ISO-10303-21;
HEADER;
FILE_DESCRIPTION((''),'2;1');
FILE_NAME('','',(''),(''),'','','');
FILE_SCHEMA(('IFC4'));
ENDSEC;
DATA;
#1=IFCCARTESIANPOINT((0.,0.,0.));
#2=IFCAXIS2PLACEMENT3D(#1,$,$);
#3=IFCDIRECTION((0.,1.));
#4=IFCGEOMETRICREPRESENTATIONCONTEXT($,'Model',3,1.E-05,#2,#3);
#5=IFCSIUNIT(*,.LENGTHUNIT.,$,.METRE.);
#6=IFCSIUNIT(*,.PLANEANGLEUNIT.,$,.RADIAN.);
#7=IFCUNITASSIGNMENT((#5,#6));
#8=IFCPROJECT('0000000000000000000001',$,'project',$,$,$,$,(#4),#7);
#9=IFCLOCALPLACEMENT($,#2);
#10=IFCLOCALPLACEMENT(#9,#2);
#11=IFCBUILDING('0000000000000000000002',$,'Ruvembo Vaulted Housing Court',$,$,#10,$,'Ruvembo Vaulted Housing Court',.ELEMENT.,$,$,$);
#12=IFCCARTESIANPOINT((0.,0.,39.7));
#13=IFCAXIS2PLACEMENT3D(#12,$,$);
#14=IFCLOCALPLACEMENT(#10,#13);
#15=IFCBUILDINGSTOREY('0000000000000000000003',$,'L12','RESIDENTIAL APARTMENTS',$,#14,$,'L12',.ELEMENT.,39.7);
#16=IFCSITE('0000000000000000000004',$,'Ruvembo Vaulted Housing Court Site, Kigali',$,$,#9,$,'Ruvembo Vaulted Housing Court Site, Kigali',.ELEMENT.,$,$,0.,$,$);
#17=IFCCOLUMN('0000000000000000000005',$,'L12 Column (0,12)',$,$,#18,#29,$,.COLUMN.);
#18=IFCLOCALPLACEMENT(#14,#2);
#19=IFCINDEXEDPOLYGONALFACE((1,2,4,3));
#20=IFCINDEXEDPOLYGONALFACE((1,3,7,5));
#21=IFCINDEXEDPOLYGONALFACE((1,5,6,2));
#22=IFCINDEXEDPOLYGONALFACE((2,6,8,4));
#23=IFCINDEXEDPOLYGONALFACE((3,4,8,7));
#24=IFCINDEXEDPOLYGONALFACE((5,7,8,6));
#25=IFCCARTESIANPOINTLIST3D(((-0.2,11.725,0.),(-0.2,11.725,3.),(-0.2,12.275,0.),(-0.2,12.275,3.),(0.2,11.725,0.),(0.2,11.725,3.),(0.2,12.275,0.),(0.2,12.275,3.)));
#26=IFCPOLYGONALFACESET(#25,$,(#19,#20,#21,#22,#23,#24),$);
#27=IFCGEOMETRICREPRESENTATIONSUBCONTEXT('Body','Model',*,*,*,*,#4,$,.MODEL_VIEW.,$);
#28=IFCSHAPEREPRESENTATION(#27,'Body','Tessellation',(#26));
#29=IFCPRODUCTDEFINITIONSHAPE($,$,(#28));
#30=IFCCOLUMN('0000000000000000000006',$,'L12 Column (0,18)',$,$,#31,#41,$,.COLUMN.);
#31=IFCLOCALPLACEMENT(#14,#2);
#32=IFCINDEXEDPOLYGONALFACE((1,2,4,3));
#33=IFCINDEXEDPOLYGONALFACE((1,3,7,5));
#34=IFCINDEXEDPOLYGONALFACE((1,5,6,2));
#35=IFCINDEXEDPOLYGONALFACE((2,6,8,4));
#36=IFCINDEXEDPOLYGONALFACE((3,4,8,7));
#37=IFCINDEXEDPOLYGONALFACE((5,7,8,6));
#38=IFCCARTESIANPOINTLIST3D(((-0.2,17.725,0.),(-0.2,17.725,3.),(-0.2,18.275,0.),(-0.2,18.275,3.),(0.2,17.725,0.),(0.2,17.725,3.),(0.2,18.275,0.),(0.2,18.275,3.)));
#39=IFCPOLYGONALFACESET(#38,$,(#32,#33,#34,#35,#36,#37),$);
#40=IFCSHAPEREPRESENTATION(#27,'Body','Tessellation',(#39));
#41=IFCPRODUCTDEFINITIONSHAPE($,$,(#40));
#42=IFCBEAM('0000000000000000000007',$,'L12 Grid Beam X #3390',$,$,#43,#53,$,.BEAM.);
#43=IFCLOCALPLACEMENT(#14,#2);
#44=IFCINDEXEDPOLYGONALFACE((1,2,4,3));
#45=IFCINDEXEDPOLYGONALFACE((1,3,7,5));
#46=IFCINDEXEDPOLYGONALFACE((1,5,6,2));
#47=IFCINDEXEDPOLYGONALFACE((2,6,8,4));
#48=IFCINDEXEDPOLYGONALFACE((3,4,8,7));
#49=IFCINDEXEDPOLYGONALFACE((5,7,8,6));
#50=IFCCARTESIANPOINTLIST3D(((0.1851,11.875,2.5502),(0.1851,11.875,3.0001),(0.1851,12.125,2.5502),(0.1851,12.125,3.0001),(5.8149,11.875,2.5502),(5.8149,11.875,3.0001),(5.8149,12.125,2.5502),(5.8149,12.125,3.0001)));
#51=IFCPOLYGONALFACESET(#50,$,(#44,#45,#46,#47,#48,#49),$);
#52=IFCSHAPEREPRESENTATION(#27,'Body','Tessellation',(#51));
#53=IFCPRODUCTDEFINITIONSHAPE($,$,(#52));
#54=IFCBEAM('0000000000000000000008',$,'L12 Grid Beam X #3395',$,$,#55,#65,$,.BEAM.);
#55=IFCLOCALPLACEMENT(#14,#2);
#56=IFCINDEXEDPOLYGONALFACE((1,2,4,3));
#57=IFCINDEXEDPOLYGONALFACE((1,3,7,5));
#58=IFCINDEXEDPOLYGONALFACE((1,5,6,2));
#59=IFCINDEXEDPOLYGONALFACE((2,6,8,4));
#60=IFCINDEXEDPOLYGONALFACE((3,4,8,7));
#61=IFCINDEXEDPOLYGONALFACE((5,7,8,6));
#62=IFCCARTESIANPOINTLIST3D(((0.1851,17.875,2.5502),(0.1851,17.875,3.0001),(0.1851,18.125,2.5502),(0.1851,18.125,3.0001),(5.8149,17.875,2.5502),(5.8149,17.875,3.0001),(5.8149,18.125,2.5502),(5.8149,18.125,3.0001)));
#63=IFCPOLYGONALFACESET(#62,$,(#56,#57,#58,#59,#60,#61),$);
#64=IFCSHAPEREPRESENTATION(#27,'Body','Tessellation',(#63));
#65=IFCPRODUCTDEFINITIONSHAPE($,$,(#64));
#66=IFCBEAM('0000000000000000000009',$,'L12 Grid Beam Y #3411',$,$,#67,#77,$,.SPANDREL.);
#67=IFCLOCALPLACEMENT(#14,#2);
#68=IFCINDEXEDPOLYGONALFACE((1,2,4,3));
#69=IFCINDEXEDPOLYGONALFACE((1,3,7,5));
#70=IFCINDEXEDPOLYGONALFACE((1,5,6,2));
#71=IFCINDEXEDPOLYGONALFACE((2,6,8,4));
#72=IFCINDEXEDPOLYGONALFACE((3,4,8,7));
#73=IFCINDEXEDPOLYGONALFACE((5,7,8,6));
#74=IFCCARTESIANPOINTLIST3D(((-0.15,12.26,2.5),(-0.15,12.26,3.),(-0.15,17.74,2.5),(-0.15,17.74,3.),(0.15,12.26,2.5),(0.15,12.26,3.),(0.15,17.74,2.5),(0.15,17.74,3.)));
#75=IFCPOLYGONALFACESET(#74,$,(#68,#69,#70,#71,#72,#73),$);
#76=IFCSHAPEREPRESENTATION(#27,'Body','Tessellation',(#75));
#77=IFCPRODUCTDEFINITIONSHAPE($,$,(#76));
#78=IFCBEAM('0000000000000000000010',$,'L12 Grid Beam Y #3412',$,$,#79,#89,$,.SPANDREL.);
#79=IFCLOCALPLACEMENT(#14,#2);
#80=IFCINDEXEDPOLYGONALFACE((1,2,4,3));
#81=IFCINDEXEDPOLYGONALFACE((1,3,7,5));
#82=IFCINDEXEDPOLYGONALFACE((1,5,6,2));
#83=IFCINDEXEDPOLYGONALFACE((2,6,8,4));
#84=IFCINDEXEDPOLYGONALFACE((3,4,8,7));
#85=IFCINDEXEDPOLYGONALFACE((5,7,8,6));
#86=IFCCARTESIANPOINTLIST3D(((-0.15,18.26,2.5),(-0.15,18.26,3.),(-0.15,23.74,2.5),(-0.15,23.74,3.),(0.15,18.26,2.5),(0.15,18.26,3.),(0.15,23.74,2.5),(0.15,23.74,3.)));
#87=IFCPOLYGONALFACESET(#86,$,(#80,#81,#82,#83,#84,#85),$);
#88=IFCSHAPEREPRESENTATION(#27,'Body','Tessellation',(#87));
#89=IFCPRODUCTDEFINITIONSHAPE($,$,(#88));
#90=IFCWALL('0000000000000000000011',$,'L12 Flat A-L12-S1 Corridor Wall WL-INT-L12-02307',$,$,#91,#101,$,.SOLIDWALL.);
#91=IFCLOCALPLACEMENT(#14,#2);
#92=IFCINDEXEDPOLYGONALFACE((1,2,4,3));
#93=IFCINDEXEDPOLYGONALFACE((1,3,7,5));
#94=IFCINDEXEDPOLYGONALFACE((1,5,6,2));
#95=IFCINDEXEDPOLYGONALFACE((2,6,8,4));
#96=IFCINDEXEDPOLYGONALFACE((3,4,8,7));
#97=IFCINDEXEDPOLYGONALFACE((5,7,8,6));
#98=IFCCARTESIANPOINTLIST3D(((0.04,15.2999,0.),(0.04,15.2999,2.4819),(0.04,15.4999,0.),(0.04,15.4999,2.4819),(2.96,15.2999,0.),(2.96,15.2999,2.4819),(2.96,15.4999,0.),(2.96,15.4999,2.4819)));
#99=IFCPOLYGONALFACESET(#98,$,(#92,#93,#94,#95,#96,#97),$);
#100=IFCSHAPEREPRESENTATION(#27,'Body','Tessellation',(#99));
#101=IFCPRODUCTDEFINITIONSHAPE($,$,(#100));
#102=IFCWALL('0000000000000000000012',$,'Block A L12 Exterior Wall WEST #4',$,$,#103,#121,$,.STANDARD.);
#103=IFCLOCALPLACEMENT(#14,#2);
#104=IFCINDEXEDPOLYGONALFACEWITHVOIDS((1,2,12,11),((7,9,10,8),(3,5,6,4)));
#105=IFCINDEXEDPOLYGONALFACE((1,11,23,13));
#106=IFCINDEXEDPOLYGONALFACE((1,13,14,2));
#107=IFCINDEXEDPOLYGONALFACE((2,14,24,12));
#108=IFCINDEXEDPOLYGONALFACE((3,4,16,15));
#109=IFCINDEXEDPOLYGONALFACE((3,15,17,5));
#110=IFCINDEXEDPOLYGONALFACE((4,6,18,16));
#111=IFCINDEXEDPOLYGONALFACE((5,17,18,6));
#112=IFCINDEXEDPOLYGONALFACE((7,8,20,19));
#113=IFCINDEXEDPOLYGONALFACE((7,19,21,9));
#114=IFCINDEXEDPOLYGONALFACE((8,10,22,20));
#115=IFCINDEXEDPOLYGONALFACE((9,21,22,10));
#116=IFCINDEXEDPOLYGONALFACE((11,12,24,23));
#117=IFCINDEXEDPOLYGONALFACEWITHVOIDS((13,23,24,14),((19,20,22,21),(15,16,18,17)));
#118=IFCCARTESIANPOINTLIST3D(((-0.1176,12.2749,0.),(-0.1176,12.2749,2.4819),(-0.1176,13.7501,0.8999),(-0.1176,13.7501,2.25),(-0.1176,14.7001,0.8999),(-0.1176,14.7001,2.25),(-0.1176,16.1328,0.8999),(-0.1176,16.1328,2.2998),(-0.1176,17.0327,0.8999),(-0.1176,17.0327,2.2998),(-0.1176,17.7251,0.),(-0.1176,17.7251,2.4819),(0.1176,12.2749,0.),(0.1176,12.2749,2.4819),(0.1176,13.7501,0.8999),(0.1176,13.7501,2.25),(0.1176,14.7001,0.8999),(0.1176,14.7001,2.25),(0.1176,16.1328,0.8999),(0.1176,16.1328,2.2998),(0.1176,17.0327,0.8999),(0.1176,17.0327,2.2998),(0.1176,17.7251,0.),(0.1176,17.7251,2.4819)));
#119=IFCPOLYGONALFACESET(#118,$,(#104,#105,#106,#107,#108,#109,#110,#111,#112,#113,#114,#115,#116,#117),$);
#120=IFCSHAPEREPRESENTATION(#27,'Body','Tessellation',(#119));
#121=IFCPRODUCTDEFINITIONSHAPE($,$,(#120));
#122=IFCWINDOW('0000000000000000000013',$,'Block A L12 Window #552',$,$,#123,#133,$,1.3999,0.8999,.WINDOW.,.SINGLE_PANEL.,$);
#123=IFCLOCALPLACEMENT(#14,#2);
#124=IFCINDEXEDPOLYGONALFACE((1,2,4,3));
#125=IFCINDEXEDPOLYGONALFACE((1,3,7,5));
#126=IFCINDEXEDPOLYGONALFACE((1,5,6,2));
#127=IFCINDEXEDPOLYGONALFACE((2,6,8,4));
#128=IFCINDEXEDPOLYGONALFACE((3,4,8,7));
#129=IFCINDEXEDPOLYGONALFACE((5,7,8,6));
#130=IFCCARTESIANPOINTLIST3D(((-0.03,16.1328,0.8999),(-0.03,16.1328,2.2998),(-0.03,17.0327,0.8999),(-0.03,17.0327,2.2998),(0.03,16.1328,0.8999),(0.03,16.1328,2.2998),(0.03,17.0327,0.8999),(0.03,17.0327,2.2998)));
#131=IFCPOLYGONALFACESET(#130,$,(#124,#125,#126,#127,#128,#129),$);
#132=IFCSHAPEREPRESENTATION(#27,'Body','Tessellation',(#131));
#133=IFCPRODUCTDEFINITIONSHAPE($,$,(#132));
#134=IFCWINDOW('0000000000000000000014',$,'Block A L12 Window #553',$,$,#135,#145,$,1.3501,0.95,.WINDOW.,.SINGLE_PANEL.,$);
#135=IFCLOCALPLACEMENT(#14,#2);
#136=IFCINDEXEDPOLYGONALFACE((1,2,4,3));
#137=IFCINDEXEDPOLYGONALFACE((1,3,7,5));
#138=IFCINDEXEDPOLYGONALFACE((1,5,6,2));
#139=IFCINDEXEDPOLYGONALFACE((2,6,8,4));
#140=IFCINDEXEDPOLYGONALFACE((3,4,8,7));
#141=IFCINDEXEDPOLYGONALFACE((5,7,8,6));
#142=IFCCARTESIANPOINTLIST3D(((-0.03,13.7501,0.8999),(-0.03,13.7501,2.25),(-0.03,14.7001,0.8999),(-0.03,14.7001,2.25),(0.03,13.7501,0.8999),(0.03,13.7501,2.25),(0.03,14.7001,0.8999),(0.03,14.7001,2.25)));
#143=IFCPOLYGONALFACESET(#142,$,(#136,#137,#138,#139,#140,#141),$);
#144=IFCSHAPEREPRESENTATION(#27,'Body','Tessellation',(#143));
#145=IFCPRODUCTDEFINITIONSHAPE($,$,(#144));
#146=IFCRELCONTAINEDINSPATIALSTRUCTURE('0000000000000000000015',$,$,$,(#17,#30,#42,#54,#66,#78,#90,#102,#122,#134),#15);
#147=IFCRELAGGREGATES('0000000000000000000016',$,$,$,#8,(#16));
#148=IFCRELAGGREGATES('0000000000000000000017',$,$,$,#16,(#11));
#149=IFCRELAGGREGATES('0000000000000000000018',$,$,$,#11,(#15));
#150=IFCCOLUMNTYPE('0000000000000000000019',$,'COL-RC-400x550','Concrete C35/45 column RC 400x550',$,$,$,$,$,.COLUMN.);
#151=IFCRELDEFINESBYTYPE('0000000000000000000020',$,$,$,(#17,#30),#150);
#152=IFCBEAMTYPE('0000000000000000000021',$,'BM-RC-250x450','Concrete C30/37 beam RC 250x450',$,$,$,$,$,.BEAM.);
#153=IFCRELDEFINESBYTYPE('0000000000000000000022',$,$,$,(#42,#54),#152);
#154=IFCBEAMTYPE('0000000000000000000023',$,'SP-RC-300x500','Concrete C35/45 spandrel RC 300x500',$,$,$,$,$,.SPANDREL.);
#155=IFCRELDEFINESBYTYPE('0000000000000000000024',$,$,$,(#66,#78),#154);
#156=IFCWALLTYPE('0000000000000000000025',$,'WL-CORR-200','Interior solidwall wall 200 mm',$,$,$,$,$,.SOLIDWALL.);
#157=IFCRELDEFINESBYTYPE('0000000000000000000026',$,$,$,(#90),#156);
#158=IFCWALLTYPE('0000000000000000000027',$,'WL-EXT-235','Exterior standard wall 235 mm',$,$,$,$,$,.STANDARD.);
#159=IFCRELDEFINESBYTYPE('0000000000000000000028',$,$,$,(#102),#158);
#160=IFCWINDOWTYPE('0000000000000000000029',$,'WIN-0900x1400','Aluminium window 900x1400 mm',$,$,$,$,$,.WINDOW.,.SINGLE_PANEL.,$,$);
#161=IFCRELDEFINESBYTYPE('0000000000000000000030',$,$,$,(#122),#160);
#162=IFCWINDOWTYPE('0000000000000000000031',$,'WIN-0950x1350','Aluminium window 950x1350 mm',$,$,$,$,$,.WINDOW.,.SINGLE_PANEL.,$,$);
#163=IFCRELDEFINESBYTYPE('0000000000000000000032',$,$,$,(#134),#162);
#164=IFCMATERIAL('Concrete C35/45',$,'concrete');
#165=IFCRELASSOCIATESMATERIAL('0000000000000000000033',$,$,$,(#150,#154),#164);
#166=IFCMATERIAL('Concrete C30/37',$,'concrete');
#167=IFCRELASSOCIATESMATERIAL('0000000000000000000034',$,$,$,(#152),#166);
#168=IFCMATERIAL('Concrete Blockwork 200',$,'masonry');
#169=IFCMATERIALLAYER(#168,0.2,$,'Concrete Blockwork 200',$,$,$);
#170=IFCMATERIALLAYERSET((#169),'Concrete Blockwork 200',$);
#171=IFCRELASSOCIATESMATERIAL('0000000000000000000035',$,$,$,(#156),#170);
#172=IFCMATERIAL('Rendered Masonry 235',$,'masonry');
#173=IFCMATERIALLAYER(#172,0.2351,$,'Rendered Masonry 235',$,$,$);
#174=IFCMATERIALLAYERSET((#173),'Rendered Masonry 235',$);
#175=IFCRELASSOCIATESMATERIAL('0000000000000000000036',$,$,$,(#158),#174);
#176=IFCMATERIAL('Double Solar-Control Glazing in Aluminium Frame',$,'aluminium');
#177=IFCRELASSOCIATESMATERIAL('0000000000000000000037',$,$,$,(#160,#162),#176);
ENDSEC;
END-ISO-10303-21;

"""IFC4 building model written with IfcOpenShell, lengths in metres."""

from ifc_helpers import new_model, si_unit, direction, frame, frame_2d, origin, origin_2d, place, context, subcontext, project, spatial, rectangle, extrude, material, layer, layer_set, material_profile, profile_set, type_object, element, fill, save


model = new_model("IFC4")

# Units and contexts
model_context = context("Model", 3, precision=1e-05, world=origin(), true_north=direction((0.0, 1.0)))
body_context = subcontext(model_context, "Body", "Model", "MODEL_VIEW")
ifc_project = project(units=[si_unit("LENGTHUNIT", "METRE"), si_unit("PLANEANGLEUNIT", "RADIAN")], contexts=[model_context])

# Site, building, storey
site_placement = place(None, origin())
site = spatial("IfcSite", under=ifc_project, at=site_placement, Name="Ruvembo Vaulted Housing Court Site, Kigali", LongName="Ruvembo Vaulted Housing Court Site, Kigali", CompositionType="ELEMENT", RefElevation=0.0)
building_placement = place(site_placement, origin())
building = spatial("IfcBuilding", under=site, at=building_placement, Name="Ruvembo Vaulted Housing Court", LongName="Ruvembo Vaulted Housing Court", CompositionType="ELEMENT")
storey_placement = place(building_placement, frame((0.0, 0.0, 39.7)))
storey = spatial("IfcBuildingStorey", under=building, at=storey_placement, Name="L12", Description="RESIDENTIAL APARTMENTS", LongName="L12", CompositionType="ELEMENT", Elevation=39.7)

# Columns
ifc_material_1 = material(Name="Concrete C35/45", Category="concrete")
ifc_material_profile_1 = material_profile(ifc_material_1, rectangle(XDim=0.3999, YDim=0.55, at=origin_2d()), Name="RC 400x550")
ifc_profile_set_1 = profile_set([ifc_material_profile_1], Name="Concrete C35/45")
column_type = type_object("IfcColumnType", Name="COL-RC-400x550", Description="Concrete C35/45 column RC 400x550", PredefinedType="COLUMN", material=ifc_profile_set_1)
for number, where, z_axis, x_axis, name in (
    (1, (0.0, 12.0, 0.0), (0.0, 0.0, 1.0), (1.0, 0.0, 0.0), "L12 Column (0,12)"),
    (2, (0.0, 18.0, 0.0), (0.0, 0.0, 1.0), (1.0, 0.0, 0.0), "L12 Column (0,18)"),
):
    element("IfcColumn", number, at=place(storey_placement, frame(where, z_axis=z_axis, x_axis=x_axis)), inside=storey, type_object=column_type, Name=name, PredefinedType="COLUMN", context=body_context, shape_type="SweptSolid", body=[
        extrude(rectangle(XDim=0.3999, YDim=0.55, at=origin_2d()), origin(), (0.0, 0.0, 1.0), 3.0),
    ])

# Beams
ifc_material_2 = material(Name="Concrete C30/37", Category="concrete")
ifc_material_profile_2 = material_profile(ifc_material_2, rectangle(XDim=0.25, YDim=0.45, at=origin_2d()), Name="RC 250x450")
ifc_profile_set_2 = profile_set([ifc_material_profile_2], Name="Concrete C30/37")
beam_type_1 = type_object("IfcBeamType", Name="BM-RC-250x450", Description="Concrete C30/37 beam RC 250x450", PredefinedType="BEAM", material=ifc_profile_set_2)
for number, where, z_axis, x_axis, name in (
    (3, (0.1851, 12.0, 2.7751), (1.0, 0.0, 0.0), (0.0, 1.0, 0.0), "L12 Grid Beam X #3390"),
    (4, (0.1851, 18.0, 2.7751), (1.0, 0.0, 0.0), (0.0, 1.0, 0.0), "L12 Grid Beam X #3395"),
):
    element("IfcBeam", number, at=place(storey_placement, frame(where, z_axis=z_axis, x_axis=x_axis)), inside=storey, type_object=beam_type_1, Name=name, PredefinedType="BEAM", context=body_context, shape_type="SweptSolid", body=[
        extrude(rectangle(XDim=0.25, YDim=0.45, at=origin_2d()), origin(), (0.0, 0.0, 1.0), 5.6299),
    ])
ifc_material_profile_3 = material_profile(ifc_material_1, rectangle(XDim=0.3, YDim=0.5, at=origin_2d()), Name="RC 300x500")
ifc_profile_set_3 = profile_set([ifc_material_profile_3], Name="Concrete C35/45")
beam_type_2 = type_object("IfcBeamType", Name="SP-RC-300x500", Description="Concrete C35/45 spandrel RC 300x500", PredefinedType="SPANDREL", material=ifc_profile_set_3)
for number, where, z_axis, x_axis, name in (
    (5, (0.0, 12.26, 2.75), (0.0, 1.0, 0.0), (-1.0, 0.0, 0.0), "L12 Grid Beam Y #3411"),
    (6, (0.0, 18.26, 2.75), (0.0, 1.0, 0.0), (-1.0, 0.0, 0.0), "L12 Grid Beam Y #3412"),
):
    element("IfcBeam", number, at=place(storey_placement, frame(where, z_axis=z_axis, x_axis=x_axis)), inside=storey, type_object=beam_type_2, Name=name, PredefinedType="SPANDREL", context=body_context, shape_type="SweptSolid", body=[
        extrude(rectangle(XDim=0.3, YDim=0.5, at=origin_2d()), origin(), (0.0, 0.0, 1.0), 5.48),
    ])

# Wall
ifc_material_3 = material(Name="Concrete Blockwork 200", Category="masonry")
ifc_layer_1 = layer(ifc_material_3, 0.2, Name="Concrete Blockwork 200")
ifc_layer_set_1 = layer_set([ifc_layer_1], Name="Concrete Blockwork 200")
wall_type_1 = type_object("IfcWallType", Name="WL-CORR-200", Description="Interior solidwall wall 200 mm", PredefinedType="SOLIDWALL", material=ifc_layer_set_1)
wall_1_placement = place(storey_placement, frame((0.04, 15.3999, 0.0), z_axis=(0.0, 0.0, 1.0), x_axis=(1.0, 0.0, 0.0)))
element("IfcWall", 7, at=wall_1_placement, inside=storey, type_object=wall_type_1, Name="L12 Flat A-L12-S1 Corridor Wall WL-INT-L12-02307", PredefinedType="SOLIDWALL", context=body_context, shape_type="SweptSolid", body=[
    extrude(rectangle(XDim=2.9199, YDim=0.2, at=frame_2d((1.46, 0.0))), origin(), (0.0, 0.0, 1.0), 2.4819),
])

# Wall, openings, windows
ifc_material_4 = material(Name="Rendered Masonry 235", Category="masonry")
ifc_layer_2 = layer(ifc_material_4, 0.2351, Name="Rendered Masonry 235")
ifc_layer_set_2 = layer_set([ifc_layer_2], Name="Rendered Masonry 235")
wall_type_2 = type_object("IfcWallType", Name="WL-EXT-235", Description="Exterior standard wall 235 mm", PredefinedType="STANDARD", material=ifc_layer_set_2)
wall_2_placement = place(storey_placement, frame((0.0, 17.7251, 0.0), z_axis=(0.0, 0.0, 1.0), x_axis=(0.0, -1.0, 0.0)))
wall_2 = element("IfcWall", 8, at=wall_2_placement, inside=storey, type_object=wall_type_2, Name="Block A L12 Exterior Wall WEST #4", PredefinedType="STANDARD", context=body_context, shape_type="SweptSolid", body=[
    extrude(rectangle(XDim=5.4502, YDim=0.2351, at=frame_2d((2.7251, 0.0))), origin(), (0.0, 0.0, 1.0), 2.4819),
])
opening_1_placement = place(wall_2_placement, frame((0.6924, 0.0, 0.8999)))
opening_1 = element("IfcOpeningElement", 9, at=opening_1_placement, cuts=wall_2, PredefinedType="OPENING", context=body_context, shape_type="SweptSolid", body=[
    extrude(rectangle(XDim=0.8999, YDim=1.3999, at=frame_2d((0.45, 0.7))), frame((0.0, 0.1274, 0.0), z_axis=(0.0, -1.0, 0.0), x_axis=(1.0, 0.0, 0.0)), (0.0, 0.0, 1.0), 0.2551),
])
opening_2_placement = place(wall_2_placement, frame((3.0249, 0.0, 0.8999)))
opening_2 = element("IfcOpeningElement", 10, at=opening_2_placement, cuts=wall_2, PredefinedType="OPENING", context=body_context, shape_type="SweptSolid", body=[
    extrude(rectangle(XDim=0.95, YDim=1.3501, at=frame_2d((0.4751, 0.675))), frame((0.0, 0.1274, 0.0), z_axis=(0.0, -1.0, 0.0), x_axis=(1.0, 0.0, 0.0)), (0.0, 0.0, 1.0), 0.2551),
])
ifc_material_5 = material(Name="Double Solar-Control Glazing in Aluminium Frame", Category="aluminium")
window_type_1 = type_object("IfcWindowType", Name="WIN-0900x1400", Description="Aluminium window 900x1400 mm", PartitioningType="SINGLE_PANEL", PredefinedType="WINDOW", material=ifc_material_5)
window_1_placement = place(opening_1_placement, origin())
window_1 = element("IfcWindow", 11, at=window_1_placement, inside=storey, type_object=window_type_1, Name="Block A L12 Window #552", OverallHeight=1.3999, OverallWidth=0.8999, PartitioningType="SINGLE_PANEL", PredefinedType="WINDOW", context=body_context, shape_type="SweptSolid", body=[
    extrude(rectangle(XDim=0.8999, YDim=1.3999, at=frame_2d((0.45, 0.7))), frame((0.0, 0.03, 0.0), z_axis=(0.0, -1.0, 0.0), x_axis=(1.0, 0.0, 0.0)), (0.0, 0.0, 1.0), 0.0601),
])
fill(opening_1, window_1)
window_type_2 = type_object("IfcWindowType", Name="WIN-0950x1350", Description="Aluminium window 950x1350 mm", PartitioningType="SINGLE_PANEL", PredefinedType="WINDOW", material=ifc_material_5)
window_2_placement = place(opening_2_placement, origin())
window_2 = element("IfcWindow", 12, at=window_2_placement, inside=storey, type_object=window_type_2, Name="Block A L12 Window #553", OverallHeight=1.3501, OverallWidth=0.95, PartitioningType="SINGLE_PANEL", PredefinedType="WINDOW", context=body_context, shape_type="SweptSolid", body=[
    extrude(rectangle(XDim=0.95, YDim=1.3501, at=frame_2d((0.4751, 0.675))), frame((0.0, 0.03, 0.0), z_axis=(0.0, -1.0, 0.0), x_axis=(1.0, 0.0, 0.0)), (0.0, 0.0, 1.0), 0.0601),
])
fill(opening_2, window_2)

save(model, "model.ifc")
